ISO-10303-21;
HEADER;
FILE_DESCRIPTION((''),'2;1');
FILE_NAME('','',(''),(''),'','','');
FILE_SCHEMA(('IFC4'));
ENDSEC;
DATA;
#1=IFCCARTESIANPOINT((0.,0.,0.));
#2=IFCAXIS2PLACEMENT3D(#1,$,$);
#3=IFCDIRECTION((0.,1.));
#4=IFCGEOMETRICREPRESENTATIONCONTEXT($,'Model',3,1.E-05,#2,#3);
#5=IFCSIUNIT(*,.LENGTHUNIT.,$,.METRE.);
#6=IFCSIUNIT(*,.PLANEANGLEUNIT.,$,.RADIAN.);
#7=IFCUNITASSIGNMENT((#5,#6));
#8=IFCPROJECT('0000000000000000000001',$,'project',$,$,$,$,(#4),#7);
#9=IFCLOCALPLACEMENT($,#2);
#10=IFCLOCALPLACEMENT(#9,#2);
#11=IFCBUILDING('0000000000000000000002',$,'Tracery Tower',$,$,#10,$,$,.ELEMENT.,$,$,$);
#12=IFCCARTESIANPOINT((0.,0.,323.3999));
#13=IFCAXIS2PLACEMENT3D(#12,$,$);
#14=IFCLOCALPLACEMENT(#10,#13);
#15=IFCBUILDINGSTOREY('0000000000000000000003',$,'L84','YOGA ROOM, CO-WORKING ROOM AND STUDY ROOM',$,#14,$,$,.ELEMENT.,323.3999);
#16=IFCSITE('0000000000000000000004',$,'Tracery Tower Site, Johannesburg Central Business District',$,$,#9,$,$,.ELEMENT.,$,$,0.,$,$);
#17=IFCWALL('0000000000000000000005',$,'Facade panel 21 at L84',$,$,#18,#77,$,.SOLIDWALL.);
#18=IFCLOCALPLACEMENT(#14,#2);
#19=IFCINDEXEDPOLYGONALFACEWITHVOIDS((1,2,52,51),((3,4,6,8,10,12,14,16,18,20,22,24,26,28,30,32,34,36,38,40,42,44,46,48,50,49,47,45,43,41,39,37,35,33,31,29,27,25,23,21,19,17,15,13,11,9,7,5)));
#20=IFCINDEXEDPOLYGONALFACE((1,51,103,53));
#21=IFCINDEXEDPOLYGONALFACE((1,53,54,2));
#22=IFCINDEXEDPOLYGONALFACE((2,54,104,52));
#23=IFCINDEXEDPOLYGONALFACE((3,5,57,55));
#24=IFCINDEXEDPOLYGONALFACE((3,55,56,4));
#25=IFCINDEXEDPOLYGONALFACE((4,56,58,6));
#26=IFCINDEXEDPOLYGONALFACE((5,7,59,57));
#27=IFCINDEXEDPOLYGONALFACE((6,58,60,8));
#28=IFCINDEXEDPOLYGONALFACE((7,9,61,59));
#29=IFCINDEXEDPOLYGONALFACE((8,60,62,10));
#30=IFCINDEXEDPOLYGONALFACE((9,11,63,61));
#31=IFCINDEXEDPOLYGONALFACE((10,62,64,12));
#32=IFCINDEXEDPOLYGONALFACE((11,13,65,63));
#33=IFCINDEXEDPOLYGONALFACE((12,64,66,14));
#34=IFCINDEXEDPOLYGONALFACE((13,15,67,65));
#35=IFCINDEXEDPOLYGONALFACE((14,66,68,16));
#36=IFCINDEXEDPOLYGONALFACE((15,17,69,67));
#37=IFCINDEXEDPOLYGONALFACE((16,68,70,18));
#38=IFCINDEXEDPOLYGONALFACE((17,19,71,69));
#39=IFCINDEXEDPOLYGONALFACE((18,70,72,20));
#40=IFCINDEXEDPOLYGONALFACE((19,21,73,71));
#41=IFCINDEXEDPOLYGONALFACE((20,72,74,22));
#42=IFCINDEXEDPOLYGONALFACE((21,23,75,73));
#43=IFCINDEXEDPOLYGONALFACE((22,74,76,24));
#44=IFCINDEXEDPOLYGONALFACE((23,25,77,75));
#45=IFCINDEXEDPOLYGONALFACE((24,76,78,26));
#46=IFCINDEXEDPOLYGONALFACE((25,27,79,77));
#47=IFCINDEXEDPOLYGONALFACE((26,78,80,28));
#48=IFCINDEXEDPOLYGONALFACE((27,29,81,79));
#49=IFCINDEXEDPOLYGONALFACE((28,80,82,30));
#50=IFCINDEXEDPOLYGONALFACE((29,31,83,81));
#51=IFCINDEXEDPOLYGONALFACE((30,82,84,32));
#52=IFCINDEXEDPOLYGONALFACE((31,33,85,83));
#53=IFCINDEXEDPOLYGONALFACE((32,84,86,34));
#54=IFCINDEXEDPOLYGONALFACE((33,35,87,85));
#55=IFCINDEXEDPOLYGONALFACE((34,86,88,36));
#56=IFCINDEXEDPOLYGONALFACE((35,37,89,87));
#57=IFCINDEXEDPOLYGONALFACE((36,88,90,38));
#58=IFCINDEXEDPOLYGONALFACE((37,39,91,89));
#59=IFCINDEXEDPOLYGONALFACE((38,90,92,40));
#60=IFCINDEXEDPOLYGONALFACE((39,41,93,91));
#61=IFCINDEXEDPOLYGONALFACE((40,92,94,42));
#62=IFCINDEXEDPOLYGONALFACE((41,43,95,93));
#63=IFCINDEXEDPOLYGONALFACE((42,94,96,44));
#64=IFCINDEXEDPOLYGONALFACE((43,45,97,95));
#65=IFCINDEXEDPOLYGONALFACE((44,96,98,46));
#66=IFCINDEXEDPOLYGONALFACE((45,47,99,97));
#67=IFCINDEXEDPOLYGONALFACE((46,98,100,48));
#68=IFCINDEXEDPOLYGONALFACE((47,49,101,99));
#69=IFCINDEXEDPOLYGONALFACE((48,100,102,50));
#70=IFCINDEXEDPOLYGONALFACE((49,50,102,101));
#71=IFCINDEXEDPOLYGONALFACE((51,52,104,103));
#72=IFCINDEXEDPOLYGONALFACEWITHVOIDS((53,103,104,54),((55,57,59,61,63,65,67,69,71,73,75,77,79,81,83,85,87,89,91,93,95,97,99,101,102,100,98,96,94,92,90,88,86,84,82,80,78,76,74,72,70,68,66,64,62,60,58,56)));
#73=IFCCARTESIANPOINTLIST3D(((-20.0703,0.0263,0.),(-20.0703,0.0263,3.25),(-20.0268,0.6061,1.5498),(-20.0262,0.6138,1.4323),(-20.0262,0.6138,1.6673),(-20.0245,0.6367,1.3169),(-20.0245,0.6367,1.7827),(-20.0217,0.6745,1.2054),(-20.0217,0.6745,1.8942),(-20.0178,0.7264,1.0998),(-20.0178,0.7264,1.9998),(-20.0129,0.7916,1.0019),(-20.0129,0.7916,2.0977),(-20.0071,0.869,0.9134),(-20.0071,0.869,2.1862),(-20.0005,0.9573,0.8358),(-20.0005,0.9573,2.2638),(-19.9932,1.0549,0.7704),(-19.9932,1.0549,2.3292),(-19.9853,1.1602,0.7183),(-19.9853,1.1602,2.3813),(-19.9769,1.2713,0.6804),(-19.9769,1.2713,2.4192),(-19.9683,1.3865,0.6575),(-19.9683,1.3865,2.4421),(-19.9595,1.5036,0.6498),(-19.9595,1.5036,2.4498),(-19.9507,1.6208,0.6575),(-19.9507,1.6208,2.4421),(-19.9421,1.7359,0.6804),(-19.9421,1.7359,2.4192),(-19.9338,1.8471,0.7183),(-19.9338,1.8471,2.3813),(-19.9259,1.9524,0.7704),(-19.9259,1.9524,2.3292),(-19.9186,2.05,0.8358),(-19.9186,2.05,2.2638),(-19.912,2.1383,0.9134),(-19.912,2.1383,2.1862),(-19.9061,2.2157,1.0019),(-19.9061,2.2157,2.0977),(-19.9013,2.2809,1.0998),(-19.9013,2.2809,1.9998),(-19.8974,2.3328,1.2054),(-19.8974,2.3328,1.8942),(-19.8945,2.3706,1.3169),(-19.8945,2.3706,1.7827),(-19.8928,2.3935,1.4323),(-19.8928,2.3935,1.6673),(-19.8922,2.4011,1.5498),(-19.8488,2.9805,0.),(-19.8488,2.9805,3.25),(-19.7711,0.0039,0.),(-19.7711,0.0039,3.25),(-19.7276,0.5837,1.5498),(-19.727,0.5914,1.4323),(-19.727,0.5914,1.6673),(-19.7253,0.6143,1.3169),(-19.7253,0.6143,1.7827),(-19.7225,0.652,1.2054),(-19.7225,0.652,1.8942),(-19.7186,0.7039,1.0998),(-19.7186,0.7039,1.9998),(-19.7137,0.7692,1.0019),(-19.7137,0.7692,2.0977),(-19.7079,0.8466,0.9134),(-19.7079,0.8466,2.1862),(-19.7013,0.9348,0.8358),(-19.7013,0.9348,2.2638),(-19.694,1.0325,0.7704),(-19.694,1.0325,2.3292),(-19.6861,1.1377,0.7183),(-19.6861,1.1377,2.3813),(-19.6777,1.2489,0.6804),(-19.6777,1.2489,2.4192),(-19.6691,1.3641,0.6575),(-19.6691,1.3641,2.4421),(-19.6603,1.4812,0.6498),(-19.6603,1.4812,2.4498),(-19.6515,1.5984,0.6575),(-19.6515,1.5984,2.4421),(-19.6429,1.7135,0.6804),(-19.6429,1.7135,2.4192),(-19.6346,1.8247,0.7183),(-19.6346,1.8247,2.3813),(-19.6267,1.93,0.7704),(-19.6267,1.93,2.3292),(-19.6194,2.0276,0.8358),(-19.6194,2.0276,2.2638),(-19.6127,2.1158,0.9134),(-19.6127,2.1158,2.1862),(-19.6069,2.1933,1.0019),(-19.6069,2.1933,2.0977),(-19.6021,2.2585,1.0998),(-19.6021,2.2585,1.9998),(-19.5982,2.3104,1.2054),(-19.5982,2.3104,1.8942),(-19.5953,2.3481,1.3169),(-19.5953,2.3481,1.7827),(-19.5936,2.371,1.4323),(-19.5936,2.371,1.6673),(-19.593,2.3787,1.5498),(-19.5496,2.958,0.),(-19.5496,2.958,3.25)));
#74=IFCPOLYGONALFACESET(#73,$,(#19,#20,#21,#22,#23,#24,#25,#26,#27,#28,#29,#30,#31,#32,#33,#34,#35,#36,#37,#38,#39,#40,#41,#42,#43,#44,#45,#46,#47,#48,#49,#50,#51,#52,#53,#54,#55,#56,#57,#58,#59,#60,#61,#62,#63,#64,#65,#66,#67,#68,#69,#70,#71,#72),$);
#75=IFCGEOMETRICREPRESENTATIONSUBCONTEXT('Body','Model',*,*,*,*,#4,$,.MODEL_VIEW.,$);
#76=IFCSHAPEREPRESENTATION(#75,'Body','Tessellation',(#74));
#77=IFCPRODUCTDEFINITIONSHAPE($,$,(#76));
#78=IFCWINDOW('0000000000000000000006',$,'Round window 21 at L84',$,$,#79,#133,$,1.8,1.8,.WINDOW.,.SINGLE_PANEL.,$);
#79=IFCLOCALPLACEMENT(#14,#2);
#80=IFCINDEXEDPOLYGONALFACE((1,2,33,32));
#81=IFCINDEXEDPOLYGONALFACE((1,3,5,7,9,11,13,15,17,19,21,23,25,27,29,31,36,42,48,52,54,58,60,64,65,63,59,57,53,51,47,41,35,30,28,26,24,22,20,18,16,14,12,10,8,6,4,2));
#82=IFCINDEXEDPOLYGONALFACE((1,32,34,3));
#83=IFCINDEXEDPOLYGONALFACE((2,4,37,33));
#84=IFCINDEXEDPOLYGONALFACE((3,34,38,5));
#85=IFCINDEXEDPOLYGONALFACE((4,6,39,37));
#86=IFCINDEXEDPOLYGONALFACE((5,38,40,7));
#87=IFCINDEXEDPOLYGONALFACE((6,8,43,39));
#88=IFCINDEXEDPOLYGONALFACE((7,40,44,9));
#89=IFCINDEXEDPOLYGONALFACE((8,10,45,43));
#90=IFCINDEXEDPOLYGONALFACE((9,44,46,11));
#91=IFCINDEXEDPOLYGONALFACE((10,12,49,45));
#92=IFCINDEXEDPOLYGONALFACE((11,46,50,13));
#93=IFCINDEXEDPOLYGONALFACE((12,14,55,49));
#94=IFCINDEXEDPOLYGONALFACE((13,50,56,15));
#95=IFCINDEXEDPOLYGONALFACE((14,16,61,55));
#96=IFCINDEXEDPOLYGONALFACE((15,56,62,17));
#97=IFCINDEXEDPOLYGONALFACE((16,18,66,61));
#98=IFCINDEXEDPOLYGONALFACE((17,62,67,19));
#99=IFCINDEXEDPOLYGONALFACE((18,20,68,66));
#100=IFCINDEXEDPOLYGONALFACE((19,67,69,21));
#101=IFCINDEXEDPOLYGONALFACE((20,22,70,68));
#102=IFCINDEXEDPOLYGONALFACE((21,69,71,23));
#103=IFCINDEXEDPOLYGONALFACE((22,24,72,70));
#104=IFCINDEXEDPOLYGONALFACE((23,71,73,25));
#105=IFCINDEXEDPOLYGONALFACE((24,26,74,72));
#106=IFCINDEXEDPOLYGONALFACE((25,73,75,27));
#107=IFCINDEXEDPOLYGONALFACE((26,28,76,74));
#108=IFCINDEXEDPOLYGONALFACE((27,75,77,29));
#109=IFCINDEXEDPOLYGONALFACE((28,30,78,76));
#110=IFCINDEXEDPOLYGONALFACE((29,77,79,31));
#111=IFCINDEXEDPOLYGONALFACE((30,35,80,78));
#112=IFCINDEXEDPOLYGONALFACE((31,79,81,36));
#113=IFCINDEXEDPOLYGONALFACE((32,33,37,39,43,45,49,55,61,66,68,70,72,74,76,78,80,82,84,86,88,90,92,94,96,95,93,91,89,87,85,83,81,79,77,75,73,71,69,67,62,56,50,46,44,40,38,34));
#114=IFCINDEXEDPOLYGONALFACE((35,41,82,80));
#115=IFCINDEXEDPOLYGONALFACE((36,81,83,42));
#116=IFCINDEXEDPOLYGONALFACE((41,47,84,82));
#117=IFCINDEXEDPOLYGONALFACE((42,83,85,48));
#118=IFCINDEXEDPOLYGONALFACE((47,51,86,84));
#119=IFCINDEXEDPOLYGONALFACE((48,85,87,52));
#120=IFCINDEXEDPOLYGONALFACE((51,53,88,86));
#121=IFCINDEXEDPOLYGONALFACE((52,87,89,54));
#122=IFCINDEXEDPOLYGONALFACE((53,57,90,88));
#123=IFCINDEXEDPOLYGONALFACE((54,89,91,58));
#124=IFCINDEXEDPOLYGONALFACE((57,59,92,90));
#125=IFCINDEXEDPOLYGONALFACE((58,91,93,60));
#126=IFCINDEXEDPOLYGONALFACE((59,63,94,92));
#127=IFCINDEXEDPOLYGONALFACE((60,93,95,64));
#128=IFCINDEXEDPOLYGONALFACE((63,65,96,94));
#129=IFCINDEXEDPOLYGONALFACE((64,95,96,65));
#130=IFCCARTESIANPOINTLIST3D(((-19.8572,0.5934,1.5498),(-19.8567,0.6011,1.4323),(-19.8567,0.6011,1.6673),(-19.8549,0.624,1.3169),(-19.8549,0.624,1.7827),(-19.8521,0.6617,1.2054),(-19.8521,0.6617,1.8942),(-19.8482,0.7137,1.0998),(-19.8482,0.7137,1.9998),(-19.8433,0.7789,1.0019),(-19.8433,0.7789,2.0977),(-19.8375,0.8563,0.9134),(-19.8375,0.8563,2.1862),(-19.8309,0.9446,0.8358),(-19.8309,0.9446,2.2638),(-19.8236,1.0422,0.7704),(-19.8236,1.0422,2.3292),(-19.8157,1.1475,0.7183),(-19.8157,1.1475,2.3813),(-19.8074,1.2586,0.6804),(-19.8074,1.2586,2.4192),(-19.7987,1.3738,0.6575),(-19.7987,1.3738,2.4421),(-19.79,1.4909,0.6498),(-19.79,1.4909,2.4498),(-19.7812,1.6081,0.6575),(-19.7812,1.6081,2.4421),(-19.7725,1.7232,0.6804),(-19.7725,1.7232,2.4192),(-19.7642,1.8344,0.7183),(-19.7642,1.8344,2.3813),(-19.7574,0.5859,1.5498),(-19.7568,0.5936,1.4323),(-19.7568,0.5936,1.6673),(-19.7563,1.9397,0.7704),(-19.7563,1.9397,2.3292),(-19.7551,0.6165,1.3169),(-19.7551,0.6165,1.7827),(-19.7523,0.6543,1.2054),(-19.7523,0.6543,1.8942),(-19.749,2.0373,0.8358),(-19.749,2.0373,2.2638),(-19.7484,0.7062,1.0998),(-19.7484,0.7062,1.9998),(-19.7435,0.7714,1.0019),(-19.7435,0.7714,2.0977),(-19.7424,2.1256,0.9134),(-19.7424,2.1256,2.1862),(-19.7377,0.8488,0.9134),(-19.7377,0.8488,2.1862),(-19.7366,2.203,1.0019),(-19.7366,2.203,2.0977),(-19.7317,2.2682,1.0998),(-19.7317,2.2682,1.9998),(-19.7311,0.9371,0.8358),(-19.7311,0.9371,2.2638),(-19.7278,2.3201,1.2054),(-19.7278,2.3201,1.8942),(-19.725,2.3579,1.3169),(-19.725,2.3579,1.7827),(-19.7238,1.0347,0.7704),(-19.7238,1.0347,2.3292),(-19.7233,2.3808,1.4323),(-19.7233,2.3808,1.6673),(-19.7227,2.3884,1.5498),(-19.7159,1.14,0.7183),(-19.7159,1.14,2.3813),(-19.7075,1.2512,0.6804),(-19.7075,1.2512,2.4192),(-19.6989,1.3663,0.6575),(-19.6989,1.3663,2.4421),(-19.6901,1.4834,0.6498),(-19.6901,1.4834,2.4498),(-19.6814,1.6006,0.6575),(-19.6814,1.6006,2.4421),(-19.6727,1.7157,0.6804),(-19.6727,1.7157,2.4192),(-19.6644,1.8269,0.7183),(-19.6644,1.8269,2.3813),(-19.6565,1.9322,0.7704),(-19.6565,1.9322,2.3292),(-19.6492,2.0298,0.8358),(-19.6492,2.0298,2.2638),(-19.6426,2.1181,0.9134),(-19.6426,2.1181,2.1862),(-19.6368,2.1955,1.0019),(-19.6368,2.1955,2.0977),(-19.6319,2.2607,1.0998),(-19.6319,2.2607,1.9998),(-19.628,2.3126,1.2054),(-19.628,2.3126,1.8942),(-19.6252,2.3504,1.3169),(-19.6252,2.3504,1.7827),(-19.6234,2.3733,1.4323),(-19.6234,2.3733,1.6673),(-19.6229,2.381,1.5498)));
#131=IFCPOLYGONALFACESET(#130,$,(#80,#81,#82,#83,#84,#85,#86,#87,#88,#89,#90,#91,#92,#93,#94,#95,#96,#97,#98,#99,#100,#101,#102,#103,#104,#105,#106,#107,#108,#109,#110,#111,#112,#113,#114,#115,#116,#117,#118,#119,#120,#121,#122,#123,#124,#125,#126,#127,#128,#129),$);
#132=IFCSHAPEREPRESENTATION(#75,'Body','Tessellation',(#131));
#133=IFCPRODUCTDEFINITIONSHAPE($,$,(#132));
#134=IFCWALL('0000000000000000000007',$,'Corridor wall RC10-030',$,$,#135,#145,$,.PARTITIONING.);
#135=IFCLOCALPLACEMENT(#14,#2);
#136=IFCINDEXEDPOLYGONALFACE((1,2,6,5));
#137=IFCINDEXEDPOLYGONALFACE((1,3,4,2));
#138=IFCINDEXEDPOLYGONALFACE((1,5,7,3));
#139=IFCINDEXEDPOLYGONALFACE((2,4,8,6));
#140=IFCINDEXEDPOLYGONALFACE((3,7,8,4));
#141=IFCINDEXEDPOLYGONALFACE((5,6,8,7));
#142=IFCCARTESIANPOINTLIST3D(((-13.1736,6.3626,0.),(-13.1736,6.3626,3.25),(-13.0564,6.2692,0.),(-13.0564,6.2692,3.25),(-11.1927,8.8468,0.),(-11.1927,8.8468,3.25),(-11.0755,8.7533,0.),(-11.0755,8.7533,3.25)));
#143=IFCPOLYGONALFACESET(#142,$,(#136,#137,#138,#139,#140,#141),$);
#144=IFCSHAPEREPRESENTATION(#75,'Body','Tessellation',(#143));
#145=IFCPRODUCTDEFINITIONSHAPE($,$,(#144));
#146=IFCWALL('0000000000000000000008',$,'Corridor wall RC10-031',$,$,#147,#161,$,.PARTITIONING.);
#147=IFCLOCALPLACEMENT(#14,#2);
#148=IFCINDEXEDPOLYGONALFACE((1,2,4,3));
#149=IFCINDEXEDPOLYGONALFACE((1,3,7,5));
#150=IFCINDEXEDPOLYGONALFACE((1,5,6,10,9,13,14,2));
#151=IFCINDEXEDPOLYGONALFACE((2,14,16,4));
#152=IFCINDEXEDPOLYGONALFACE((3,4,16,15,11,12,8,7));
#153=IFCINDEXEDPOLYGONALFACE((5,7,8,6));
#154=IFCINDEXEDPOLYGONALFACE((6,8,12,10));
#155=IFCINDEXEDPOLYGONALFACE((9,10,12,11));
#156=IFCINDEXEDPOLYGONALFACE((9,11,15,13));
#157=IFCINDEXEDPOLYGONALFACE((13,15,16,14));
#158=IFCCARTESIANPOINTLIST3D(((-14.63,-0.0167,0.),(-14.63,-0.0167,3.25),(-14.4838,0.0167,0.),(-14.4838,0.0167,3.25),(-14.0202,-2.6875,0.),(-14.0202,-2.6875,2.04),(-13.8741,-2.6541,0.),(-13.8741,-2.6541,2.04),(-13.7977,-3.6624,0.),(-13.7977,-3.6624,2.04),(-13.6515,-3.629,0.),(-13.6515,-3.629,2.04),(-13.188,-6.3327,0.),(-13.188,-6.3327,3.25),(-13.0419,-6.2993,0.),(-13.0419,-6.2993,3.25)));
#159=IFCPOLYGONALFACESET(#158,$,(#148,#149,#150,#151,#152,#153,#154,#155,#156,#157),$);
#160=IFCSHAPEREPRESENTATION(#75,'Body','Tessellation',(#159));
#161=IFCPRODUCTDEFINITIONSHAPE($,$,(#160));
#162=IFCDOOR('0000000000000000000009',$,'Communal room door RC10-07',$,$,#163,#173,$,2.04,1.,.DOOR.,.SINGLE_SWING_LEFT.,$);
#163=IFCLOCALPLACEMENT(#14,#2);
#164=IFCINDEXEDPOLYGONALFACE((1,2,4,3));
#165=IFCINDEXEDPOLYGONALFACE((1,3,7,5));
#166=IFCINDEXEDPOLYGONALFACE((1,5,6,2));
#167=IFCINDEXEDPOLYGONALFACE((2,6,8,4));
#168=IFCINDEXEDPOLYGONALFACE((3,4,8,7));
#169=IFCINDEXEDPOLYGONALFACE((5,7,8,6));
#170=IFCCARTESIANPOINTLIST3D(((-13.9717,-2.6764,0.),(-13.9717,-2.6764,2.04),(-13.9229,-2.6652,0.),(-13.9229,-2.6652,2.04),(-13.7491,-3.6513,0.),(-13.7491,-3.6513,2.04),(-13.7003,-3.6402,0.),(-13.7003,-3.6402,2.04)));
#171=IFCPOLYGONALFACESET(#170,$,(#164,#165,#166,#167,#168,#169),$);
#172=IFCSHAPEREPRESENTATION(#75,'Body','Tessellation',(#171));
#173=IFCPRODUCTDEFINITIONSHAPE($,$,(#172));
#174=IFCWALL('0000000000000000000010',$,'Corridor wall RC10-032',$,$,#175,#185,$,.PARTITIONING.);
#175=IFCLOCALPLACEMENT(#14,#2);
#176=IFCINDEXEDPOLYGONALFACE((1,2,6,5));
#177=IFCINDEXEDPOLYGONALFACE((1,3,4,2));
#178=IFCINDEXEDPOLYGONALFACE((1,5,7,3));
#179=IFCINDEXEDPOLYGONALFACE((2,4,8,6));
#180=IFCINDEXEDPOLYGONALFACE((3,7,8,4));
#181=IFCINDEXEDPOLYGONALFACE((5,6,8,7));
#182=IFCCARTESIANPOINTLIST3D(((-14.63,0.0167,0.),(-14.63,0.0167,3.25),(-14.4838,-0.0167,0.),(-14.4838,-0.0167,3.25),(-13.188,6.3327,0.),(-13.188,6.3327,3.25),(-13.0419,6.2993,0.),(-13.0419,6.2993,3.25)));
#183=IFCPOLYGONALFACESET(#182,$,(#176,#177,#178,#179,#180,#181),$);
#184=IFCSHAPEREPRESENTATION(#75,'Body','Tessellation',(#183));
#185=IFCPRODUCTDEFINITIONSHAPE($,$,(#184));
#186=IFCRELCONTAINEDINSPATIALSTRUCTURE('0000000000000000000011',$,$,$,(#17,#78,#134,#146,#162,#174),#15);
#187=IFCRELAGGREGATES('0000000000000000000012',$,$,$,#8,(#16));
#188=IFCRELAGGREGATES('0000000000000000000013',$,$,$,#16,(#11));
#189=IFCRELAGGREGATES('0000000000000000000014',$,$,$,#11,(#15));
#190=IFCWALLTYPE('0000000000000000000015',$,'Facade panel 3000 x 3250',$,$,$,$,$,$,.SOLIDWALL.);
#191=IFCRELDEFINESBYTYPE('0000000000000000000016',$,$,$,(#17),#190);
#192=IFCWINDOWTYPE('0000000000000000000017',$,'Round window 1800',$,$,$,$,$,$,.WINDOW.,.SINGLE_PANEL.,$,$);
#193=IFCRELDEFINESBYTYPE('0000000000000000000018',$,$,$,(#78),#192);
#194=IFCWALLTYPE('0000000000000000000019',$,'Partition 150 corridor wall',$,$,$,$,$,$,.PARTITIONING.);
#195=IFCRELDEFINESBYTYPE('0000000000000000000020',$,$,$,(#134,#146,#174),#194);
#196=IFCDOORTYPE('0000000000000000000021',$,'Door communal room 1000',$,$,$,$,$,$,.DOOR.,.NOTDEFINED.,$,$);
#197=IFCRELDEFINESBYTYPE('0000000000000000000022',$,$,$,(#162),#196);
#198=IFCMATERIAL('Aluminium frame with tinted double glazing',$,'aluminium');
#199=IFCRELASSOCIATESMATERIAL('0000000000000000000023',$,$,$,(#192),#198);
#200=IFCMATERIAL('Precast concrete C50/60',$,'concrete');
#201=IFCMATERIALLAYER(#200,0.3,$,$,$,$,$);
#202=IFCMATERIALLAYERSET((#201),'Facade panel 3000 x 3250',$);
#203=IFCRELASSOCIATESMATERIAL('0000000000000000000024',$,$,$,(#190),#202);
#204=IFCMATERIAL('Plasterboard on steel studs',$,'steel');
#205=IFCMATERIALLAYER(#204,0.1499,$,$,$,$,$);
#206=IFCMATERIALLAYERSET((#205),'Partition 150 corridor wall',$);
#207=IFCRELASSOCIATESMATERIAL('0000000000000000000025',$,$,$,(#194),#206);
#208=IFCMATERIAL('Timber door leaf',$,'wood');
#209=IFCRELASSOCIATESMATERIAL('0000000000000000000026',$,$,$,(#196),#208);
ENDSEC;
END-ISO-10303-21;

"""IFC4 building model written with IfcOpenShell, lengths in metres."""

from ifc_helpers import new_model, si_unit, direction, frame, frame_2d, origin, origin_2d, place, context, subcontext, project, spatial, rectangle, circle, extrude, material, layer, layer_set, type_object, element, fill, save


model = new_model("IFC4")

# Units and contexts
model_context = context("Model", 3, precision=1e-05, world=origin(), true_north=direction((0.0, 1.0)))
body_context = subcontext(model_context, "Body", "Model", "MODEL_VIEW")
ifc_project = project(units=[si_unit("LENGTHUNIT", "METRE"), si_unit("PLANEANGLEUNIT", "RADIAN")], contexts=[model_context])

# Site, building, storey
site_placement = place(None, origin())
site = spatial("IfcSite", under=ifc_project, at=site_placement, Name="Tracery Tower Site, Johannesburg Central Business District", CompositionType="ELEMENT", RefElevation=0.0)
building_placement = place(site_placement, origin())
building = spatial("IfcBuilding", under=site, at=building_placement, Name="Tracery Tower", CompositionType="ELEMENT")
storey_placement = place(building_placement, frame((0.0, 0.0, 323.3999)))
storey = spatial("IfcBuildingStorey", under=building, at=storey_placement, Name="L84", Description="YOGA ROOM, CO-WORKING ROOM AND STUDY ROOM", CompositionType="ELEMENT", Elevation=323.3999)

# Wall, opening, window
ifc_material_1 = material(Name="Aluminium frame with tinted double glazing", Category="aluminium")
window_type = type_object("IfcWindowType", Name="Round window 1800", PartitioningType="SINGLE_PANEL", PredefinedType="WINDOW", material=ifc_material_1)
ifc_material_2 = material(Name="Precast concrete C50/60", Category="concrete")
ifc_layer_1 = layer(ifc_material_2, 0.3)
ifc_layer_set_1 = layer_set([ifc_layer_1], Name="Facade panel 3000 x 3250")
wall_type_1 = type_object("IfcWallType", Name="Facade panel 3000 x 3250", PredefinedType="SOLIDWALL", material=ifc_layer_set_1)
wall_1_placement = place(storey_placement, frame((-19.6992, 2.9692, 0.0), z_axis=(0.0, 0.0, 1.0), x_axis=(-0.074749, -0.997202, 0.0)))
wall_1 = element("IfcWall", 1, at=wall_1_placement, inside=storey, type_object=wall_type_1, Name="Facade panel 21 at L84", PredefinedType="SOLIDWALL", context=body_context, shape_type="SweptSolid", body=[
    extrude(rectangle(XDim=2.9624, YDim=0.3, at=frame_2d((1.4812, 0.0))), origin(), (0.0, 0.0, 1.0), 3.25),
])
opening_1_placement = place(wall_1_placement, frame((1.481, 0.0, 1.5498)))
opening_1 = element("IfcOpeningElement", 2, at=opening_1_placement, cuts=wall_1, PredefinedType="OPENING", context=body_context, shape_type="SweptSolid", body=[
    extrude(circle(Radius=0.9, at=origin_2d()), frame((0.0, 0.1599, 0.0), z_axis=(0.0, -1.0, 0.0), x_axis=(1.0, 0.0, 0.0)), (0.0, 0.0, 1.0), 0.3201),
])
window_1_placement = place(opening_1_placement, origin())
window_1 = element("IfcWindow", 3, at=window_1_placement, inside=storey, type_object=window_type, Name="Round window 21 at L84", OverallHeight=1.8, OverallWidth=1.8, PartitioningType="SINGLE_PANEL", PredefinedType="WINDOW", context=body_context, shape_type="SweptSolid", body=[
    extrude(circle(Radius=0.9, at=origin_2d()), frame((0.0, 0.1201, 0.0), z_axis=(0.0, -1.0, 0.0), x_axis=(1.0, 0.0, 0.0)), (0.0, 0.0, 1.0), 0.1001),
])
fill(opening_1, window_1)

# Wall
ifc_material_3 = material(Name="Plasterboard on steel studs", Category="steel")
ifc_layer_2 = layer(ifc_material_3, 0.1499)
ifc_layer_set_2 = layer_set([ifc_layer_2], Name="Partition 150 corridor wall")
wall_type_2 = type_object("IfcWallType", Name="Partition 150 corridor wall", PredefinedType="PARTITIONING", material=ifc_layer_set_2)
wall_2_placement = place(storey_placement, frame((-13.115, 6.3159, 0.0), z_axis=(0.0, 0.0, 1.0), x_axis=(0.623476, 0.781842, 0.0)))
element("IfcWall", 4, at=wall_2_placement, inside=storey, type_object=wall_type_2, Name="Corridor wall RC10-030", PredefinedType="PARTITIONING", context=body_context, shape_type="SweptSolid", body=[
    extrude(rectangle(XDim=3.1772, YDim=0.1499, at=frame_2d((1.5886, 0.0))), origin(), (0.0, 0.0, 1.0), 3.25),
])

# Wall, opening, door
wall_3_placement = place(storey_placement, frame((-14.5569, 0.0, 0.0), z_axis=(0.0, 0.0, 1.0), x_axis=(0.222569, -0.974917, 0.0)))
wall_3 = element("IfcWall", 5, at=wall_3_placement, inside=storey, type_object=wall_type_2, Name="Corridor wall RC10-031", PredefinedType="PARTITIONING", context=body_context, shape_type="SweptSolid", body=[
    extrude(rectangle(XDim=6.4785, YDim=0.1499, at=frame_2d((3.2393, 0.0))), origin(), (0.0, 0.0, 1.0), 3.25),
])
opening_2_placement = place(wall_3_placement, frame((2.7395, 0.0, 0.0)))
opening_2 = element("IfcOpeningElement", 6, at=opening_2_placement, cuts=wall_3, PredefinedType="OPENING", context=body_context, shape_type="SweptSolid", body=[
    extrude(rectangle(XDim=1.0, YDim=2.04, at=frame_2d((0.5, 1.02))), frame((0.0, 0.075, 0.0), z_axis=(0.0, -1.0, 0.0), x_axis=(1.0, 0.0, 0.0)), (0.0, 0.0, 1.0), 0.1499),
])
ifc_material_4 = material(Name="Timber door leaf", Category="wood")
door_type_1 = type_object("IfcDoorType", Name="Door communal room 1000", OperationType="NOTDEFINED", PredefinedType="DOOR", material=ifc_material_4)
door_1_placement = place(opening_2_placement, origin())
door_1 = element("IfcDoor", 7, at=door_1_placement, inside=storey, type_object=door_type_1, Name="Communal room door RC10-07", OperationType="SINGLE_SWING_LEFT", OverallHeight=2.04, OverallWidth=1.0, PredefinedType="DOOR", context=body_context, shape_type="SweptSolid", body=[
    extrude(rectangle(XDim=1.0, YDim=2.04, at=frame_2d((0.5, 1.02))), frame((0.0, 0.0249, 0.0), z_axis=(0.0, -1.0, 0.0), x_axis=(1.0, 0.0, 0.0)), (0.0, 0.0, 1.0), 0.05),
])
fill(opening_2, door_1)

# Wall
wall_4_placement = place(storey_placement, frame((-14.5569, 0.0, 0.0), z_axis=(0.0, 0.0, 1.0), x_axis=(0.222569, 0.974917, 0.0)))
element("IfcWall", 8, at=wall_4_placement, inside=storey, type_object=wall_type_2, Name="Corridor wall RC10-032", PredefinedType="PARTITIONING", context=body_context, shape_type="SweptSolid", body=[
    extrude(rectangle(XDim=6.4785, YDim=0.1499, at=frame_2d((3.2393, 0.0))), origin(), (0.0, 0.0, 1.0), 3.25),
])

save(model, "model.ifc")
